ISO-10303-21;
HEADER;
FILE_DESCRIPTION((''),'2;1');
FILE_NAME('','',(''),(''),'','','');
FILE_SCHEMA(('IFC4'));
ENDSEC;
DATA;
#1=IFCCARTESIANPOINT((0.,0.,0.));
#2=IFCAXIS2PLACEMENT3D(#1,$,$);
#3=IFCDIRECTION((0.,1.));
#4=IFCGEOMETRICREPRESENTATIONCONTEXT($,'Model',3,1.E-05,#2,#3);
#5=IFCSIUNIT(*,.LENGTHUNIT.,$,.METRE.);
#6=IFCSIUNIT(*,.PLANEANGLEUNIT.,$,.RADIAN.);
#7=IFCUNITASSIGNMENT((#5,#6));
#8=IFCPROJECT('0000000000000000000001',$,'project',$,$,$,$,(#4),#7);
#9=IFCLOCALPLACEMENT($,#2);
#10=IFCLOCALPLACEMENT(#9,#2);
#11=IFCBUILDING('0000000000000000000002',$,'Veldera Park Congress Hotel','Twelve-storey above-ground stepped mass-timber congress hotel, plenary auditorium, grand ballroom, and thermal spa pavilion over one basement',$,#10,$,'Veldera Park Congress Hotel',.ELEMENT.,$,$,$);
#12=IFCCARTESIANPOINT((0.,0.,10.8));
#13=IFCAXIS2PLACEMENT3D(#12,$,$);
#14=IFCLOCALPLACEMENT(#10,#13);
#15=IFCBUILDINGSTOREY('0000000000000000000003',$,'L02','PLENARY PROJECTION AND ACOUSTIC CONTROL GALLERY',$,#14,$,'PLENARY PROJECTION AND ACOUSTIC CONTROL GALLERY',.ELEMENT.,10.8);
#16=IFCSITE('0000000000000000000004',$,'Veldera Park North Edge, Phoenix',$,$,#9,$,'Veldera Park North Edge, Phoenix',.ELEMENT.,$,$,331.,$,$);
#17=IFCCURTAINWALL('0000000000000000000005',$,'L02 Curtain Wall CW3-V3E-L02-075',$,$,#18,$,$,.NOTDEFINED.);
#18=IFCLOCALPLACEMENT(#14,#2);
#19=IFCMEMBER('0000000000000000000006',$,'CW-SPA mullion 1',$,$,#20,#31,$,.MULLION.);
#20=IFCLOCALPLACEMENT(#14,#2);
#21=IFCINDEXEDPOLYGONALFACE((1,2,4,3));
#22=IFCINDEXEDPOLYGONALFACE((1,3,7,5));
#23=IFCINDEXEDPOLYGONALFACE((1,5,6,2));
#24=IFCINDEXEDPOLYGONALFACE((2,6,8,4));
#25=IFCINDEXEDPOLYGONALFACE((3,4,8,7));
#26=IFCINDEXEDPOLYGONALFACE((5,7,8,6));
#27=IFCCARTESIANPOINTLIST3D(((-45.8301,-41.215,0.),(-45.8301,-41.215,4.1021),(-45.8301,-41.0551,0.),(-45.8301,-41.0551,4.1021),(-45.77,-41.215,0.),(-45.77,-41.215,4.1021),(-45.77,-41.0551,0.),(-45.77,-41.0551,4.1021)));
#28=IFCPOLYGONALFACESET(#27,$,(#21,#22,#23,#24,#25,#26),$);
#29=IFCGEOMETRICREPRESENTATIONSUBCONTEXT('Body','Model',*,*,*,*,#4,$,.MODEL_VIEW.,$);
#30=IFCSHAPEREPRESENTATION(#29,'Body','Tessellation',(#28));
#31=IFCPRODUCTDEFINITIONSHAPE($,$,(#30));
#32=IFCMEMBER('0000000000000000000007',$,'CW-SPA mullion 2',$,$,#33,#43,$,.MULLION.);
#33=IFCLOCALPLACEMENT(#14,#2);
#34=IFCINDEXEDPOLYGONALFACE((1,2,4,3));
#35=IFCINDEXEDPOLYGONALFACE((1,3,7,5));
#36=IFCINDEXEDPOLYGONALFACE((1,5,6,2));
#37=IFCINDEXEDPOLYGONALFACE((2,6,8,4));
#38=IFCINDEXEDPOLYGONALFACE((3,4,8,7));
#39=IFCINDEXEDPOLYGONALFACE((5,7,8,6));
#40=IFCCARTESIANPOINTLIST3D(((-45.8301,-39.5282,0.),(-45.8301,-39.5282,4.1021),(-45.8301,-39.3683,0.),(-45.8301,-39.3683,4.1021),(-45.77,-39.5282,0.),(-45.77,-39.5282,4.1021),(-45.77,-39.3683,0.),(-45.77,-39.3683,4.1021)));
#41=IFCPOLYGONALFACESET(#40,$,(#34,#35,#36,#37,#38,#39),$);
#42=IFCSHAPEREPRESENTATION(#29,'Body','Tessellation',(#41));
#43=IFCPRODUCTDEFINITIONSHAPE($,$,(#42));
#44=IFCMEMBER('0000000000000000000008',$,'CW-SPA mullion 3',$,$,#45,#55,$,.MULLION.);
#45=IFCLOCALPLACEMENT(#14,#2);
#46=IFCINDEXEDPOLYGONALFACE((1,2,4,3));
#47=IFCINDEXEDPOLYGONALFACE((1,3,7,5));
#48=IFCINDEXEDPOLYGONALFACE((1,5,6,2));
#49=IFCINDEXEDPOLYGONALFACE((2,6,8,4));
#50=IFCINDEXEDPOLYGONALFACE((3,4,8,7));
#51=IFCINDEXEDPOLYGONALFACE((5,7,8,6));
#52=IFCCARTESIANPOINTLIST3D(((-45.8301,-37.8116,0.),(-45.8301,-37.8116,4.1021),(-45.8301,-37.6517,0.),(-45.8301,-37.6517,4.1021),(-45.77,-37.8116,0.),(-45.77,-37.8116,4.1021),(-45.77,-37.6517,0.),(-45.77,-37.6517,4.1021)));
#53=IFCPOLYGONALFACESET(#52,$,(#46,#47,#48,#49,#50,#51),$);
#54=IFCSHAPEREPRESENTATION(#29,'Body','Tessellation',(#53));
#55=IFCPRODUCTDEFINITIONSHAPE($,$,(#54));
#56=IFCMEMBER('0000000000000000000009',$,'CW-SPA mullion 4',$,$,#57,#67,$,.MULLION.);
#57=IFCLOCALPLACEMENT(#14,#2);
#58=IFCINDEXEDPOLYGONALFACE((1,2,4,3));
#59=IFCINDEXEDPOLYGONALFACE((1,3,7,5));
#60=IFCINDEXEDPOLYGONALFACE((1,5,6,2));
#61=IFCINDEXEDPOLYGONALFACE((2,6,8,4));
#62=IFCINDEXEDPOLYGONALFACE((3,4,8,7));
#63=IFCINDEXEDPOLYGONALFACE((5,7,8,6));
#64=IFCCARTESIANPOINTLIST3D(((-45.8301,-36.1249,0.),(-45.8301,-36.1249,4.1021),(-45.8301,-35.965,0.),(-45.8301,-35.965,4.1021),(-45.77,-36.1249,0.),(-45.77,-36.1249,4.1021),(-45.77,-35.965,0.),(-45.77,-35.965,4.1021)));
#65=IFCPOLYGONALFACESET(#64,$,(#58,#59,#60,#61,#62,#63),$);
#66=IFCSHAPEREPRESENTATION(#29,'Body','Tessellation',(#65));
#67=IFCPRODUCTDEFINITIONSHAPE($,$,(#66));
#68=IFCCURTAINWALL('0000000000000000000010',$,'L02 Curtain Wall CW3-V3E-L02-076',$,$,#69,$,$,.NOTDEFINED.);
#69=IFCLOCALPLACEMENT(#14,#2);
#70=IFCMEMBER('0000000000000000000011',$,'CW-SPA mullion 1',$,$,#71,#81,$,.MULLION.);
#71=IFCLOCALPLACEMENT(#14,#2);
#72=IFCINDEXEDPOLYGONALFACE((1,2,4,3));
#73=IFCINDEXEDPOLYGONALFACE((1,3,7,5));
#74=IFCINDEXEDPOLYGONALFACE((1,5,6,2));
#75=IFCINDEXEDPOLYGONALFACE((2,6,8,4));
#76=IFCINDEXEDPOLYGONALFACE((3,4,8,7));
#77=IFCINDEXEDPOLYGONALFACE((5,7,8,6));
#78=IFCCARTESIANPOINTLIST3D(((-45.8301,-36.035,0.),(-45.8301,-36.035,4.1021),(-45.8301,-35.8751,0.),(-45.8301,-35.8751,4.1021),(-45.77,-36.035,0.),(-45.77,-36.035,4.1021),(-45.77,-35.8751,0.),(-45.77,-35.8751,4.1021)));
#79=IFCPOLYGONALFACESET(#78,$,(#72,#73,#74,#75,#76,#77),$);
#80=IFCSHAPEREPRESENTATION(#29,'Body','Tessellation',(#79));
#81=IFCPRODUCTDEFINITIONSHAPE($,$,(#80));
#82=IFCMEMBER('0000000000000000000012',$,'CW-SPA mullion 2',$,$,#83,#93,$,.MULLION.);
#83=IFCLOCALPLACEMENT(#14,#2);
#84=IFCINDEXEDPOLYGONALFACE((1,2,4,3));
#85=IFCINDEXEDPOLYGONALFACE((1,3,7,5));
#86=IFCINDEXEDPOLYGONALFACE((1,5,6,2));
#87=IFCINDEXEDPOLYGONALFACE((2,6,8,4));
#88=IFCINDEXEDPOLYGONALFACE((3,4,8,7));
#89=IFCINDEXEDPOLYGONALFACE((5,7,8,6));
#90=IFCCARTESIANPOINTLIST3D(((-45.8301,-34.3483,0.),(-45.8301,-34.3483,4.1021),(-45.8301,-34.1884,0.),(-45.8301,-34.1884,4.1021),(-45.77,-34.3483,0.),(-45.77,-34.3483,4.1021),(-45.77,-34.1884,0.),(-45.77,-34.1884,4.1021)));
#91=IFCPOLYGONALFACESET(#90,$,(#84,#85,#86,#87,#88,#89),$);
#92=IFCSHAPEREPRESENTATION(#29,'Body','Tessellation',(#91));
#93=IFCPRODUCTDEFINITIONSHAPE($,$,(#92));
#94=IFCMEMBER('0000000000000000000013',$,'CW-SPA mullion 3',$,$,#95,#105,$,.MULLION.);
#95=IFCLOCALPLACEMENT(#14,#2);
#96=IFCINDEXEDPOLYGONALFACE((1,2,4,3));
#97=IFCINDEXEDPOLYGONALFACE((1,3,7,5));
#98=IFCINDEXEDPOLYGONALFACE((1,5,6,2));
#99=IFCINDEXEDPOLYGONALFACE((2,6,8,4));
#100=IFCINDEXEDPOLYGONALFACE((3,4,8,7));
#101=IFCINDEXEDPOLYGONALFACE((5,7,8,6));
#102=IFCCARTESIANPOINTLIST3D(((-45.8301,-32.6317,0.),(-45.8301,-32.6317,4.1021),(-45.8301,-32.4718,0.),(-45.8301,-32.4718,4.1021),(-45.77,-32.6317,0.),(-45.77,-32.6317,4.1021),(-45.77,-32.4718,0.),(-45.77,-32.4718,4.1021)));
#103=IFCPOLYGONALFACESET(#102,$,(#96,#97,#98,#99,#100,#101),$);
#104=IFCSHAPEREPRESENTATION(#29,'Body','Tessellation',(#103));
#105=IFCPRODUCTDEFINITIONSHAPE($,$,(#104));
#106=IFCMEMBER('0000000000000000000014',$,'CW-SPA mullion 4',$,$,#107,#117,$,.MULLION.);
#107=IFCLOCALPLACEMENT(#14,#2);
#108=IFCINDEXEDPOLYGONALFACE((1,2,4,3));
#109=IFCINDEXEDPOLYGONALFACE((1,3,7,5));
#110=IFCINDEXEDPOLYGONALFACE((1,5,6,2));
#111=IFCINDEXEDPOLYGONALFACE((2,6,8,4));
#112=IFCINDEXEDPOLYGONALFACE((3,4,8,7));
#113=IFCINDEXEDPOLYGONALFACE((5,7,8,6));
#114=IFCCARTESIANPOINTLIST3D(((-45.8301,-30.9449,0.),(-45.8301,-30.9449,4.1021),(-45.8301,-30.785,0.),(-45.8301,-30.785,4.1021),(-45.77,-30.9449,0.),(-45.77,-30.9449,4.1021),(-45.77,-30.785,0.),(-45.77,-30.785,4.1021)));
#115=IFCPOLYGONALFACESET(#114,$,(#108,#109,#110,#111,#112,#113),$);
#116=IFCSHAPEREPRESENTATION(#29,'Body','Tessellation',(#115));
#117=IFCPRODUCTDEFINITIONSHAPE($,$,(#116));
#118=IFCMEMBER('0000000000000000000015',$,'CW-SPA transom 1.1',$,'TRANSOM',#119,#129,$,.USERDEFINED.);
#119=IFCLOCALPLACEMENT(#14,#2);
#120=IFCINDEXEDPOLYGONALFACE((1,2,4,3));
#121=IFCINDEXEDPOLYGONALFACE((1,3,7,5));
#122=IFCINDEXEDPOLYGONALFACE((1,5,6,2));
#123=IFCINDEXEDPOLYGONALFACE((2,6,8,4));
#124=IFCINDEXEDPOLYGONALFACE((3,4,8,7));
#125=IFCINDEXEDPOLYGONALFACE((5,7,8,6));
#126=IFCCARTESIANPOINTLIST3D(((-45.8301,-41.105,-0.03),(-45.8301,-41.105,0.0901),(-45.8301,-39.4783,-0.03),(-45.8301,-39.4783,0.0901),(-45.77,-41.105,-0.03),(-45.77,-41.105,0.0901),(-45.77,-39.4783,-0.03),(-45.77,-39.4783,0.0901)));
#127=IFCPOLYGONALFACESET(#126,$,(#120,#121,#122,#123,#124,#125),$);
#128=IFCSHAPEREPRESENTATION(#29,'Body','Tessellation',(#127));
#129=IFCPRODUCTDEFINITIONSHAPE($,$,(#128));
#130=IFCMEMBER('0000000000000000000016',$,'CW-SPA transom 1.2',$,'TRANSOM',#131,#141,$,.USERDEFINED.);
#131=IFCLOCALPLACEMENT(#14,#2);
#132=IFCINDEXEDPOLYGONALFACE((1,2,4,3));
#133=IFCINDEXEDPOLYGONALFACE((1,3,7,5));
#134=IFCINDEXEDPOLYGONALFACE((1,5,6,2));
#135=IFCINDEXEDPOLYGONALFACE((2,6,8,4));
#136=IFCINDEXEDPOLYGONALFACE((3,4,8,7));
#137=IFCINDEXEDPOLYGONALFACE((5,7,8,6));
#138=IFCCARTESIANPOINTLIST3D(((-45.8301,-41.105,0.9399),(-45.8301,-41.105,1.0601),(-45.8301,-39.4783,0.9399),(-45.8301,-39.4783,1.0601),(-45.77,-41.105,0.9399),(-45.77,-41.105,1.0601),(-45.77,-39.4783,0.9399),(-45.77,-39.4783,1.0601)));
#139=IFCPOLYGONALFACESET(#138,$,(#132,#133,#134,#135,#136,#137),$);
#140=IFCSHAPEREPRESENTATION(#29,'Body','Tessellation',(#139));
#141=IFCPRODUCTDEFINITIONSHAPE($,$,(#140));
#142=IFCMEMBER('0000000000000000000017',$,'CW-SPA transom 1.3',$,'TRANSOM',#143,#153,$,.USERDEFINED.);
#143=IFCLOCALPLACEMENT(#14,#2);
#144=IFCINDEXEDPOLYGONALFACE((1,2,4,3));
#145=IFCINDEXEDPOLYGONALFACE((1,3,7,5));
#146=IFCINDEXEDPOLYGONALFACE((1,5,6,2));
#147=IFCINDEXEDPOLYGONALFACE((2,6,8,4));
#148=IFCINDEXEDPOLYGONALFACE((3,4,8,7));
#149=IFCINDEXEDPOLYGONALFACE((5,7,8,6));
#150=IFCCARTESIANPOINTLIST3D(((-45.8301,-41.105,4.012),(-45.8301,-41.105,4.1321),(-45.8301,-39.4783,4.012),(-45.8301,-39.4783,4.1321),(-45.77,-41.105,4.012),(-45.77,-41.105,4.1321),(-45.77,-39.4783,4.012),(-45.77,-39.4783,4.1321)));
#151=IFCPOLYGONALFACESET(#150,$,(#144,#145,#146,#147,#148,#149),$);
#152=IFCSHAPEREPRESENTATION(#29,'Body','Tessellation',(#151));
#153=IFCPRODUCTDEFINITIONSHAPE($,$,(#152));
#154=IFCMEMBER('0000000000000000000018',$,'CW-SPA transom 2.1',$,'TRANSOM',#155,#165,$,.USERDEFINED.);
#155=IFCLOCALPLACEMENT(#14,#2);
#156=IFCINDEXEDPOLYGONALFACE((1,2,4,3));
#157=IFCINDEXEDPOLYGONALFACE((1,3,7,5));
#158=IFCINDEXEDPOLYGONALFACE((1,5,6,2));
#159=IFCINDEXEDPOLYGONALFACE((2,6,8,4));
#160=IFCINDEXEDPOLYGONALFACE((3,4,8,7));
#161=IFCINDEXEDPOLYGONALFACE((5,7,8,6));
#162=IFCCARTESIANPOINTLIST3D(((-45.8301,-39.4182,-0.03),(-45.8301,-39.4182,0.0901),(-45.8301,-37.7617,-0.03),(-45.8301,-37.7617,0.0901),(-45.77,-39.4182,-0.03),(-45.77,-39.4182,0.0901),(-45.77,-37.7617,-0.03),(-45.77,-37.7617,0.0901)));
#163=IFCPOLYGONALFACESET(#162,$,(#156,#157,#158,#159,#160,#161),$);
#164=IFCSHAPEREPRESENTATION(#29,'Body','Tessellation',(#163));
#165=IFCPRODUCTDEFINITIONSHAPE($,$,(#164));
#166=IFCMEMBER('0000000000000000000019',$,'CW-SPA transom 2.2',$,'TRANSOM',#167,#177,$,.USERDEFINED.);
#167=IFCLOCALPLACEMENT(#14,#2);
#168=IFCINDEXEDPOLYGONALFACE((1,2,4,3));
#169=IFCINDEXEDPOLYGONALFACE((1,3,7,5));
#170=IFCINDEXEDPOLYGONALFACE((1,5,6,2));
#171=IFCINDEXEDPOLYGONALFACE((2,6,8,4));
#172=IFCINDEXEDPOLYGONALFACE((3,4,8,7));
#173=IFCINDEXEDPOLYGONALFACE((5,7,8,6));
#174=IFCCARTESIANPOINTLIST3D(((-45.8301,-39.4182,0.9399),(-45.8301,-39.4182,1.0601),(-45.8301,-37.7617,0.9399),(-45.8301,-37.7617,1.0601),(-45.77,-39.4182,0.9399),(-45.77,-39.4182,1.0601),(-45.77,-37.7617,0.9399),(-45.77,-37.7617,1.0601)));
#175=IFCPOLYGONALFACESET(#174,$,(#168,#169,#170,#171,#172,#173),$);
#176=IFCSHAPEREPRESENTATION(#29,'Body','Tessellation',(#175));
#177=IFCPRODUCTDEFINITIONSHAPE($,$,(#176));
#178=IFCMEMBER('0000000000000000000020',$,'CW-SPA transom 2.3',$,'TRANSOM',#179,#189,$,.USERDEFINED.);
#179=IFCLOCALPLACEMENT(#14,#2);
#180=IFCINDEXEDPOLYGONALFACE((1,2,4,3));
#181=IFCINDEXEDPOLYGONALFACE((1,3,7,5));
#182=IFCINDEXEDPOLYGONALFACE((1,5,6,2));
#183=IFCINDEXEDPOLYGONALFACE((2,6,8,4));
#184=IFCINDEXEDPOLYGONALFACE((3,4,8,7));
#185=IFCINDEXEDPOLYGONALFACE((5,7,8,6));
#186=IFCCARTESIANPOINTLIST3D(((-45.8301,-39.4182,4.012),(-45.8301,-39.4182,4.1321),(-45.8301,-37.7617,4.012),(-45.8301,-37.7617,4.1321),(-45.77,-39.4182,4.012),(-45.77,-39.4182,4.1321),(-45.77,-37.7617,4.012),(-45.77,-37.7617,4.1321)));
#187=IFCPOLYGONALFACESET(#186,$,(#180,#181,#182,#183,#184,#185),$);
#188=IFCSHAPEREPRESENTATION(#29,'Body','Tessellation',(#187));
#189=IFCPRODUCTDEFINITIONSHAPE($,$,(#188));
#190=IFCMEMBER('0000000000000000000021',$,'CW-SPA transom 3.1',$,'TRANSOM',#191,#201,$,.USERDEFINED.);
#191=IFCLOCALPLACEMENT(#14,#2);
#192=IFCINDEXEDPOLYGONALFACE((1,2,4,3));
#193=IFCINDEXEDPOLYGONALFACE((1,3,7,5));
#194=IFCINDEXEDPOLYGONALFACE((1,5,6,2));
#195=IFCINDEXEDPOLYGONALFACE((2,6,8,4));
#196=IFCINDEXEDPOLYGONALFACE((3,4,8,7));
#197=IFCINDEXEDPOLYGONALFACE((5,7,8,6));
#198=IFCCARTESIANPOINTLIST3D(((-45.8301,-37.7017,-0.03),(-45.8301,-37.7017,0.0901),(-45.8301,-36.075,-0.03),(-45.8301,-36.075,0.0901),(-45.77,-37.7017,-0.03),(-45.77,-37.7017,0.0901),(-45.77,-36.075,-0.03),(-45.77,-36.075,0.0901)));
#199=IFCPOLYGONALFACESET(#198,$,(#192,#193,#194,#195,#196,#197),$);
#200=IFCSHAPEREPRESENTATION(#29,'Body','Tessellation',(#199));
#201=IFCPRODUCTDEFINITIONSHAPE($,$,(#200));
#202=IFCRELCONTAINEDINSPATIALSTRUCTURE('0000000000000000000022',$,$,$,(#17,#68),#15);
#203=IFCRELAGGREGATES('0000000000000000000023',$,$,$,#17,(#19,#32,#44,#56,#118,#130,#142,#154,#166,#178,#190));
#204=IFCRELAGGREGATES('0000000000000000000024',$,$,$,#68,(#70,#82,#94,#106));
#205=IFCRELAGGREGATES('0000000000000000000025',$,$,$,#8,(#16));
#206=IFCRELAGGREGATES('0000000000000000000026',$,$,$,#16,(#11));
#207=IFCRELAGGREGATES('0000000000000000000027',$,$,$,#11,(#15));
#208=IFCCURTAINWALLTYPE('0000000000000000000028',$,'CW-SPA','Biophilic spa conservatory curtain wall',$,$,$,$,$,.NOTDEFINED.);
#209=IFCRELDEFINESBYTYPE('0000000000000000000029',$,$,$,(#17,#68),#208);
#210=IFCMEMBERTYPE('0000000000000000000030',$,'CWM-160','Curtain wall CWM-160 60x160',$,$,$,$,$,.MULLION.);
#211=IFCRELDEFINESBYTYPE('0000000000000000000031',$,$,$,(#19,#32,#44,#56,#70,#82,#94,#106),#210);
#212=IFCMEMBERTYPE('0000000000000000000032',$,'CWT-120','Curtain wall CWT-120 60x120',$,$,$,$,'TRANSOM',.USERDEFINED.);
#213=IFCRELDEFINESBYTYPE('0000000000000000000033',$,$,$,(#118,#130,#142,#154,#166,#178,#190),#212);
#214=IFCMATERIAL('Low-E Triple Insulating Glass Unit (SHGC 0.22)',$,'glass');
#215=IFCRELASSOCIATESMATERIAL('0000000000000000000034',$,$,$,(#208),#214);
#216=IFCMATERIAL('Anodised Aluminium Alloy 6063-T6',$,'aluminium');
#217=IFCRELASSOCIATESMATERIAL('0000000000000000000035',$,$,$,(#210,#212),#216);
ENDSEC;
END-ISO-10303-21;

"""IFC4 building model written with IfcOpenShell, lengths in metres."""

from ifc_helpers import new_model, si_unit, direction, frame, origin, origin_2d, place, context, subcontext, project, spatial, rectangle, extrude, material, material_profile, profile_set, type_object, element, aggregate, save


model = new_model("IFC4")

# Units and contexts
model_context = context("Model", 3, precision=1e-05, world=origin(), true_north=direction((0.0, 1.0)))
body_context = subcontext(model_context, "Body", "Model", "MODEL_VIEW")
ifc_project = project(units=[si_unit("LENGTHUNIT", "METRE"), si_unit("PLANEANGLEUNIT", "RADIAN")], contexts=[model_context])

# Site, building, storey
site_placement = place(None, origin())
site = spatial("IfcSite", under=ifc_project, at=site_placement, Name="Veldera Park North Edge, Phoenix", LongName="Veldera Park North Edge, Phoenix", CompositionType="ELEMENT", RefElevation=331.0)
building_placement = place(site_placement, origin())
building = spatial("IfcBuilding", under=site, at=building_placement, Name="Veldera Park Congress Hotel", Description="Twelve-storey above-ground stepped mass-timber congress hotel, plenary auditorium, grand ballroom, and thermal spa pavilion over one basement", LongName="Veldera Park Congress Hotel", CompositionType="ELEMENT")
storey_placement = place(building_placement, frame((0.0, 0.0, 10.8)))
storey = spatial("IfcBuildingStorey", under=building, at=storey_placement, Name="L02", Description="PLENARY PROJECTION AND ACOUSTIC CONTROL GALLERY", LongName="PLENARY PROJECTION AND ACOUSTIC CONTROL GALLERY", CompositionType="ELEMENT", Elevation=10.8)

# Curtain walls, members
ifc_material_1 = material(Name="Low-E Triple Insulating Glass Unit (SHGC 0.22)", Category="glass")
curtain_wall_type = type_object("IfcCurtainWallType", Name="CW-SPA", Description="Biophilic spa conservatory curtain wall", PredefinedType="NOTDEFINED", material=ifc_material_1)
curtain_wall_1_placement = place(storey_placement, origin())
curtain_wall_1 = element("IfcCurtainWall", 1, at=curtain_wall_1_placement, inside=storey, type_object=curtain_wall_type, Name="L02 Curtain Wall CW3-V3E-L02-075", PredefinedType="NOTDEFINED")
ifc_material_2 = material(Name="Anodised Aluminium Alloy 6063-T6", Category="aluminium")
ifc_material_profile_1 = material_profile(ifc_material_2, rectangle(XDim=0.0601, YDim=0.1599, at=origin_2d()), Name="ALU 60x160")
ifc_profile_set_1 = profile_set([ifc_material_profile_1], Name="Anodised Aluminium Alloy 6063-T6")
member_type_1 = type_object("IfcMemberType", Name="CWM-160", Description="Curtain wall CWM-160 60x160", PredefinedType="MULLION", material=ifc_profile_set_1)
member_1_placement = place(storey_placement, frame((-45.8, -41.135, 0.0), z_axis=(0.0, 0.0, 1.0), x_axis=(-1.0, 0.0, 0.0)))
member_1 = element("IfcMember", 2, at=member_1_placement, type_object=member_type_1, Name="CW-SPA mullion 1", PredefinedType="MULLION", context=body_context, shape_type="SweptSolid", body=[
    extrude(rectangle(XDim=0.0601, YDim=0.1599, at=origin_2d()), origin(), (0.0, 0.0, 1.0), 4.1021),
])
member_2_placement = place(storey_placement, frame((-45.8, -39.4482, 0.0), z_axis=(0.0, 0.0, 1.0), x_axis=(-1.0, 0.0, 0.0)))
member_2 = element("IfcMember", 3, at=member_2_placement, type_object=member_type_1, Name="CW-SPA mullion 2", PredefinedType="MULLION", context=body_context, shape_type="SweptSolid", body=[
    extrude(rectangle(XDim=0.0601, YDim=0.1599, at=origin_2d()), origin(), (0.0, 0.0, 1.0), 4.1021),
])
member_3_placement = place(storey_placement, frame((-45.8, -37.7317, 0.0), z_axis=(0.0, 0.0, 1.0), x_axis=(-1.0, 0.0, 0.0)))
member_3 = element("IfcMember", 4, at=member_3_placement, type_object=member_type_1, Name="CW-SPA mullion 3", PredefinedType="MULLION", context=body_context, shape_type="SweptSolid", body=[
    extrude(rectangle(XDim=0.0601, YDim=0.1599, at=origin_2d()), origin(), (0.0, 0.0, 1.0), 4.1021),
])
member_4_placement = place(storey_placement, frame((-45.8, -36.0449, 0.0), z_axis=(0.0, 0.0, 1.0), x_axis=(-1.0, 0.0, 0.0)))
member_4 = element("IfcMember", 5, at=member_4_placement, type_object=member_type_1, Name="CW-SPA mullion 4", PredefinedType="MULLION", context=body_context, shape_type="SweptSolid", body=[
    extrude(rectangle(XDim=0.0601, YDim=0.1599, at=origin_2d()), origin(), (0.0, 0.0, 1.0), 4.1021),
])
curtain_wall_2_placement = place(storey_placement, origin())
curtain_wall_2 = element("IfcCurtainWall", 6, at=curtain_wall_2_placement, inside=storey, type_object=curtain_wall_type, Name="L02 Curtain Wall CW3-V3E-L02-076", PredefinedType="NOTDEFINED")
member_5_placement = place(storey_placement, frame((-45.8, -35.9551, 0.0), z_axis=(0.0, 0.0, 1.0), x_axis=(-1.0, 0.0, 0.0)))
member_5 = element("IfcMember", 7, at=member_5_placement, type_object=member_type_1, Name="CW-SPA mullion 1", PredefinedType="MULLION", context=body_context, shape_type="SweptSolid", body=[
    extrude(rectangle(XDim=0.0601, YDim=0.1599, at=origin_2d()), origin(), (0.0, 0.0, 1.0), 4.1021),
])
member_6_placement = place(storey_placement, frame((-45.8, -34.2683, 0.0), z_axis=(0.0, 0.0, 1.0), x_axis=(-1.0, 0.0, 0.0)))
member_6 = element("IfcMember", 8, at=member_6_placement, type_object=member_type_1, Name="CW-SPA mullion 2", PredefinedType="MULLION", context=body_context, shape_type="SweptSolid", body=[
    extrude(rectangle(XDim=0.0601, YDim=0.1599, at=origin_2d()), origin(), (0.0, 0.0, 1.0), 4.1021),
])
member_7_placement = place(storey_placement, frame((-45.8, -32.5518, 0.0), z_axis=(0.0, 0.0, 1.0), x_axis=(-1.0, 0.0, 0.0)))
member_7 = element("IfcMember", 9, at=member_7_placement, type_object=member_type_1, Name="CW-SPA mullion 3", PredefinedType="MULLION", context=body_context, shape_type="SweptSolid", body=[
    extrude(rectangle(XDim=0.0601, YDim=0.1599, at=origin_2d()), origin(), (0.0, 0.0, 1.0), 4.1021),
])
member_8_placement = place(storey_placement, frame((-45.8, -30.865, 0.0), z_axis=(0.0, 0.0, 1.0), x_axis=(-1.0, 0.0, 0.0)))
member_8 = element("IfcMember", 10, at=member_8_placement, type_object=member_type_1, Name="CW-SPA mullion 4", PredefinedType="MULLION", context=body_context, shape_type="SweptSolid", body=[
    extrude(rectangle(XDim=0.0601, YDim=0.1599, at=origin_2d()), origin(), (0.0, 0.0, 1.0), 4.1021),
])

# Members
ifc_material_profile_2 = material_profile(ifc_material_2, rectangle(XDim=0.0601, YDim=0.1201, at=origin_2d()), Name="ALU 60x120")
ifc_profile_set_2 = profile_set([ifc_material_profile_2], Name="Anodised Aluminium Alloy 6063-T6")
member_type_2 = type_object("IfcMemberType", Name="CWT-120", Description="Curtain wall CWT-120 60x120", ElementType="TRANSOM", PredefinedType="USERDEFINED", material=ifc_profile_set_2)
member_9_placement = place(storey_placement, frame((-45.8, -41.105, 0.03), z_axis=(0.0, 1.0, 0.0), x_axis=(-1.0, 0.0, 0.0)))
member_9 = element("IfcMember", 11, at=member_9_placement, type_object=member_type_2, Name="CW-SPA transom 1.1", ObjectType="TRANSOM", PredefinedType="USERDEFINED", context=body_context, shape_type="SweptSolid", body=[
    extrude(rectangle(XDim=0.0601, YDim=0.1201, at=origin_2d()), origin(), (0.0, 0.0, 1.0), 1.6267),
])
member_10_placement = place(storey_placement, frame((-45.8, -41.105, 1.0), z_axis=(0.0, 1.0, 0.0), x_axis=(-1.0, 0.0, 0.0)))
member_10 = element("IfcMember", 12, at=member_10_placement, type_object=member_type_2, Name="CW-SPA transom 1.2", ObjectType="TRANSOM", PredefinedType="USERDEFINED", context=body_context, shape_type="SweptSolid", body=[
    extrude(rectangle(XDim=0.0601, YDim=0.1201, at=origin_2d()), origin(), (0.0, 0.0, 1.0), 1.6267),
])
member_11_placement = place(storey_placement, frame((-45.8, -41.105, 4.072), z_axis=(0.0, 1.0, 0.0), x_axis=(-1.0, 0.0, 0.0)))
member_11 = element("IfcMember", 13, at=member_11_placement, type_object=member_type_2, Name="CW-SPA transom 1.3", ObjectType="TRANSOM", PredefinedType="USERDEFINED", context=body_context, shape_type="SweptSolid", body=[
    extrude(rectangle(XDim=0.0601, YDim=0.1201, at=origin_2d()), origin(), (0.0, 0.0, 1.0), 1.6267),
])
member_12_placement = place(storey_placement, frame((-45.8, -39.4182, 0.03), z_axis=(0.0, 1.0, 0.0), x_axis=(-1.0, 0.0, 0.0)))
member_12 = element("IfcMember", 14, at=member_12_placement, type_object=member_type_2, Name="CW-SPA transom 2.1", ObjectType="TRANSOM", PredefinedType="USERDEFINED", context=body_context, shape_type="SweptSolid", body=[
    extrude(rectangle(XDim=0.0601, YDim=0.1201, at=origin_2d()), origin(), (0.0, 0.0, 1.0), 1.6565),
])
member_13_placement = place(storey_placement, frame((-45.8, -39.4182, 1.0), z_axis=(0.0, 1.0, 0.0), x_axis=(-1.0, 0.0, 0.0)))
member_13 = element("IfcMember", 15, at=member_13_placement, type_object=member_type_2, Name="CW-SPA transom 2.2", ObjectType="TRANSOM", PredefinedType="USERDEFINED", context=body_context, shape_type="SweptSolid", body=[
    extrude(rectangle(XDim=0.0601, YDim=0.1201, at=origin_2d()), origin(), (0.0, 0.0, 1.0), 1.6565),
])
member_14_placement = place(storey_placement, frame((-45.8, -39.4182, 4.072), z_axis=(0.0, 1.0, 0.0), x_axis=(-1.0, 0.0, 0.0)))
member_14 = element("IfcMember", 16, at=member_14_placement, type_object=member_type_2, Name="CW-SPA transom 2.3", ObjectType="TRANSOM", PredefinedType="USERDEFINED", context=body_context, shape_type="SweptSolid", body=[
    extrude(rectangle(XDim=0.0601, YDim=0.1201, at=origin_2d()), origin(), (0.0, 0.0, 1.0), 1.6565),
])
member_15_placement = place(storey_placement, frame((-45.8, -37.7017, 0.03), z_axis=(0.0, 1.0, 0.0), x_axis=(-1.0, 0.0, 0.0)))
member_15 = element("IfcMember", 17, at=member_15_placement, type_object=member_type_2, Name="CW-SPA transom 3.1", ObjectType="TRANSOM", PredefinedType="USERDEFINED", context=body_context, shape_type="SweptSolid", body=[
    extrude(rectangle(XDim=0.0601, YDim=0.1201, at=origin_2d()), origin(), (0.0, 0.0, 1.0), 1.6267),
])

aggregate(curtain_wall_1, [member_1, member_2, member_3, member_4, member_9, member_10, member_11, member_12, member_13, member_14, member_15])
aggregate(curtain_wall_2, [member_5, member_6, member_7, member_8])

save(model, "model.ifc")
